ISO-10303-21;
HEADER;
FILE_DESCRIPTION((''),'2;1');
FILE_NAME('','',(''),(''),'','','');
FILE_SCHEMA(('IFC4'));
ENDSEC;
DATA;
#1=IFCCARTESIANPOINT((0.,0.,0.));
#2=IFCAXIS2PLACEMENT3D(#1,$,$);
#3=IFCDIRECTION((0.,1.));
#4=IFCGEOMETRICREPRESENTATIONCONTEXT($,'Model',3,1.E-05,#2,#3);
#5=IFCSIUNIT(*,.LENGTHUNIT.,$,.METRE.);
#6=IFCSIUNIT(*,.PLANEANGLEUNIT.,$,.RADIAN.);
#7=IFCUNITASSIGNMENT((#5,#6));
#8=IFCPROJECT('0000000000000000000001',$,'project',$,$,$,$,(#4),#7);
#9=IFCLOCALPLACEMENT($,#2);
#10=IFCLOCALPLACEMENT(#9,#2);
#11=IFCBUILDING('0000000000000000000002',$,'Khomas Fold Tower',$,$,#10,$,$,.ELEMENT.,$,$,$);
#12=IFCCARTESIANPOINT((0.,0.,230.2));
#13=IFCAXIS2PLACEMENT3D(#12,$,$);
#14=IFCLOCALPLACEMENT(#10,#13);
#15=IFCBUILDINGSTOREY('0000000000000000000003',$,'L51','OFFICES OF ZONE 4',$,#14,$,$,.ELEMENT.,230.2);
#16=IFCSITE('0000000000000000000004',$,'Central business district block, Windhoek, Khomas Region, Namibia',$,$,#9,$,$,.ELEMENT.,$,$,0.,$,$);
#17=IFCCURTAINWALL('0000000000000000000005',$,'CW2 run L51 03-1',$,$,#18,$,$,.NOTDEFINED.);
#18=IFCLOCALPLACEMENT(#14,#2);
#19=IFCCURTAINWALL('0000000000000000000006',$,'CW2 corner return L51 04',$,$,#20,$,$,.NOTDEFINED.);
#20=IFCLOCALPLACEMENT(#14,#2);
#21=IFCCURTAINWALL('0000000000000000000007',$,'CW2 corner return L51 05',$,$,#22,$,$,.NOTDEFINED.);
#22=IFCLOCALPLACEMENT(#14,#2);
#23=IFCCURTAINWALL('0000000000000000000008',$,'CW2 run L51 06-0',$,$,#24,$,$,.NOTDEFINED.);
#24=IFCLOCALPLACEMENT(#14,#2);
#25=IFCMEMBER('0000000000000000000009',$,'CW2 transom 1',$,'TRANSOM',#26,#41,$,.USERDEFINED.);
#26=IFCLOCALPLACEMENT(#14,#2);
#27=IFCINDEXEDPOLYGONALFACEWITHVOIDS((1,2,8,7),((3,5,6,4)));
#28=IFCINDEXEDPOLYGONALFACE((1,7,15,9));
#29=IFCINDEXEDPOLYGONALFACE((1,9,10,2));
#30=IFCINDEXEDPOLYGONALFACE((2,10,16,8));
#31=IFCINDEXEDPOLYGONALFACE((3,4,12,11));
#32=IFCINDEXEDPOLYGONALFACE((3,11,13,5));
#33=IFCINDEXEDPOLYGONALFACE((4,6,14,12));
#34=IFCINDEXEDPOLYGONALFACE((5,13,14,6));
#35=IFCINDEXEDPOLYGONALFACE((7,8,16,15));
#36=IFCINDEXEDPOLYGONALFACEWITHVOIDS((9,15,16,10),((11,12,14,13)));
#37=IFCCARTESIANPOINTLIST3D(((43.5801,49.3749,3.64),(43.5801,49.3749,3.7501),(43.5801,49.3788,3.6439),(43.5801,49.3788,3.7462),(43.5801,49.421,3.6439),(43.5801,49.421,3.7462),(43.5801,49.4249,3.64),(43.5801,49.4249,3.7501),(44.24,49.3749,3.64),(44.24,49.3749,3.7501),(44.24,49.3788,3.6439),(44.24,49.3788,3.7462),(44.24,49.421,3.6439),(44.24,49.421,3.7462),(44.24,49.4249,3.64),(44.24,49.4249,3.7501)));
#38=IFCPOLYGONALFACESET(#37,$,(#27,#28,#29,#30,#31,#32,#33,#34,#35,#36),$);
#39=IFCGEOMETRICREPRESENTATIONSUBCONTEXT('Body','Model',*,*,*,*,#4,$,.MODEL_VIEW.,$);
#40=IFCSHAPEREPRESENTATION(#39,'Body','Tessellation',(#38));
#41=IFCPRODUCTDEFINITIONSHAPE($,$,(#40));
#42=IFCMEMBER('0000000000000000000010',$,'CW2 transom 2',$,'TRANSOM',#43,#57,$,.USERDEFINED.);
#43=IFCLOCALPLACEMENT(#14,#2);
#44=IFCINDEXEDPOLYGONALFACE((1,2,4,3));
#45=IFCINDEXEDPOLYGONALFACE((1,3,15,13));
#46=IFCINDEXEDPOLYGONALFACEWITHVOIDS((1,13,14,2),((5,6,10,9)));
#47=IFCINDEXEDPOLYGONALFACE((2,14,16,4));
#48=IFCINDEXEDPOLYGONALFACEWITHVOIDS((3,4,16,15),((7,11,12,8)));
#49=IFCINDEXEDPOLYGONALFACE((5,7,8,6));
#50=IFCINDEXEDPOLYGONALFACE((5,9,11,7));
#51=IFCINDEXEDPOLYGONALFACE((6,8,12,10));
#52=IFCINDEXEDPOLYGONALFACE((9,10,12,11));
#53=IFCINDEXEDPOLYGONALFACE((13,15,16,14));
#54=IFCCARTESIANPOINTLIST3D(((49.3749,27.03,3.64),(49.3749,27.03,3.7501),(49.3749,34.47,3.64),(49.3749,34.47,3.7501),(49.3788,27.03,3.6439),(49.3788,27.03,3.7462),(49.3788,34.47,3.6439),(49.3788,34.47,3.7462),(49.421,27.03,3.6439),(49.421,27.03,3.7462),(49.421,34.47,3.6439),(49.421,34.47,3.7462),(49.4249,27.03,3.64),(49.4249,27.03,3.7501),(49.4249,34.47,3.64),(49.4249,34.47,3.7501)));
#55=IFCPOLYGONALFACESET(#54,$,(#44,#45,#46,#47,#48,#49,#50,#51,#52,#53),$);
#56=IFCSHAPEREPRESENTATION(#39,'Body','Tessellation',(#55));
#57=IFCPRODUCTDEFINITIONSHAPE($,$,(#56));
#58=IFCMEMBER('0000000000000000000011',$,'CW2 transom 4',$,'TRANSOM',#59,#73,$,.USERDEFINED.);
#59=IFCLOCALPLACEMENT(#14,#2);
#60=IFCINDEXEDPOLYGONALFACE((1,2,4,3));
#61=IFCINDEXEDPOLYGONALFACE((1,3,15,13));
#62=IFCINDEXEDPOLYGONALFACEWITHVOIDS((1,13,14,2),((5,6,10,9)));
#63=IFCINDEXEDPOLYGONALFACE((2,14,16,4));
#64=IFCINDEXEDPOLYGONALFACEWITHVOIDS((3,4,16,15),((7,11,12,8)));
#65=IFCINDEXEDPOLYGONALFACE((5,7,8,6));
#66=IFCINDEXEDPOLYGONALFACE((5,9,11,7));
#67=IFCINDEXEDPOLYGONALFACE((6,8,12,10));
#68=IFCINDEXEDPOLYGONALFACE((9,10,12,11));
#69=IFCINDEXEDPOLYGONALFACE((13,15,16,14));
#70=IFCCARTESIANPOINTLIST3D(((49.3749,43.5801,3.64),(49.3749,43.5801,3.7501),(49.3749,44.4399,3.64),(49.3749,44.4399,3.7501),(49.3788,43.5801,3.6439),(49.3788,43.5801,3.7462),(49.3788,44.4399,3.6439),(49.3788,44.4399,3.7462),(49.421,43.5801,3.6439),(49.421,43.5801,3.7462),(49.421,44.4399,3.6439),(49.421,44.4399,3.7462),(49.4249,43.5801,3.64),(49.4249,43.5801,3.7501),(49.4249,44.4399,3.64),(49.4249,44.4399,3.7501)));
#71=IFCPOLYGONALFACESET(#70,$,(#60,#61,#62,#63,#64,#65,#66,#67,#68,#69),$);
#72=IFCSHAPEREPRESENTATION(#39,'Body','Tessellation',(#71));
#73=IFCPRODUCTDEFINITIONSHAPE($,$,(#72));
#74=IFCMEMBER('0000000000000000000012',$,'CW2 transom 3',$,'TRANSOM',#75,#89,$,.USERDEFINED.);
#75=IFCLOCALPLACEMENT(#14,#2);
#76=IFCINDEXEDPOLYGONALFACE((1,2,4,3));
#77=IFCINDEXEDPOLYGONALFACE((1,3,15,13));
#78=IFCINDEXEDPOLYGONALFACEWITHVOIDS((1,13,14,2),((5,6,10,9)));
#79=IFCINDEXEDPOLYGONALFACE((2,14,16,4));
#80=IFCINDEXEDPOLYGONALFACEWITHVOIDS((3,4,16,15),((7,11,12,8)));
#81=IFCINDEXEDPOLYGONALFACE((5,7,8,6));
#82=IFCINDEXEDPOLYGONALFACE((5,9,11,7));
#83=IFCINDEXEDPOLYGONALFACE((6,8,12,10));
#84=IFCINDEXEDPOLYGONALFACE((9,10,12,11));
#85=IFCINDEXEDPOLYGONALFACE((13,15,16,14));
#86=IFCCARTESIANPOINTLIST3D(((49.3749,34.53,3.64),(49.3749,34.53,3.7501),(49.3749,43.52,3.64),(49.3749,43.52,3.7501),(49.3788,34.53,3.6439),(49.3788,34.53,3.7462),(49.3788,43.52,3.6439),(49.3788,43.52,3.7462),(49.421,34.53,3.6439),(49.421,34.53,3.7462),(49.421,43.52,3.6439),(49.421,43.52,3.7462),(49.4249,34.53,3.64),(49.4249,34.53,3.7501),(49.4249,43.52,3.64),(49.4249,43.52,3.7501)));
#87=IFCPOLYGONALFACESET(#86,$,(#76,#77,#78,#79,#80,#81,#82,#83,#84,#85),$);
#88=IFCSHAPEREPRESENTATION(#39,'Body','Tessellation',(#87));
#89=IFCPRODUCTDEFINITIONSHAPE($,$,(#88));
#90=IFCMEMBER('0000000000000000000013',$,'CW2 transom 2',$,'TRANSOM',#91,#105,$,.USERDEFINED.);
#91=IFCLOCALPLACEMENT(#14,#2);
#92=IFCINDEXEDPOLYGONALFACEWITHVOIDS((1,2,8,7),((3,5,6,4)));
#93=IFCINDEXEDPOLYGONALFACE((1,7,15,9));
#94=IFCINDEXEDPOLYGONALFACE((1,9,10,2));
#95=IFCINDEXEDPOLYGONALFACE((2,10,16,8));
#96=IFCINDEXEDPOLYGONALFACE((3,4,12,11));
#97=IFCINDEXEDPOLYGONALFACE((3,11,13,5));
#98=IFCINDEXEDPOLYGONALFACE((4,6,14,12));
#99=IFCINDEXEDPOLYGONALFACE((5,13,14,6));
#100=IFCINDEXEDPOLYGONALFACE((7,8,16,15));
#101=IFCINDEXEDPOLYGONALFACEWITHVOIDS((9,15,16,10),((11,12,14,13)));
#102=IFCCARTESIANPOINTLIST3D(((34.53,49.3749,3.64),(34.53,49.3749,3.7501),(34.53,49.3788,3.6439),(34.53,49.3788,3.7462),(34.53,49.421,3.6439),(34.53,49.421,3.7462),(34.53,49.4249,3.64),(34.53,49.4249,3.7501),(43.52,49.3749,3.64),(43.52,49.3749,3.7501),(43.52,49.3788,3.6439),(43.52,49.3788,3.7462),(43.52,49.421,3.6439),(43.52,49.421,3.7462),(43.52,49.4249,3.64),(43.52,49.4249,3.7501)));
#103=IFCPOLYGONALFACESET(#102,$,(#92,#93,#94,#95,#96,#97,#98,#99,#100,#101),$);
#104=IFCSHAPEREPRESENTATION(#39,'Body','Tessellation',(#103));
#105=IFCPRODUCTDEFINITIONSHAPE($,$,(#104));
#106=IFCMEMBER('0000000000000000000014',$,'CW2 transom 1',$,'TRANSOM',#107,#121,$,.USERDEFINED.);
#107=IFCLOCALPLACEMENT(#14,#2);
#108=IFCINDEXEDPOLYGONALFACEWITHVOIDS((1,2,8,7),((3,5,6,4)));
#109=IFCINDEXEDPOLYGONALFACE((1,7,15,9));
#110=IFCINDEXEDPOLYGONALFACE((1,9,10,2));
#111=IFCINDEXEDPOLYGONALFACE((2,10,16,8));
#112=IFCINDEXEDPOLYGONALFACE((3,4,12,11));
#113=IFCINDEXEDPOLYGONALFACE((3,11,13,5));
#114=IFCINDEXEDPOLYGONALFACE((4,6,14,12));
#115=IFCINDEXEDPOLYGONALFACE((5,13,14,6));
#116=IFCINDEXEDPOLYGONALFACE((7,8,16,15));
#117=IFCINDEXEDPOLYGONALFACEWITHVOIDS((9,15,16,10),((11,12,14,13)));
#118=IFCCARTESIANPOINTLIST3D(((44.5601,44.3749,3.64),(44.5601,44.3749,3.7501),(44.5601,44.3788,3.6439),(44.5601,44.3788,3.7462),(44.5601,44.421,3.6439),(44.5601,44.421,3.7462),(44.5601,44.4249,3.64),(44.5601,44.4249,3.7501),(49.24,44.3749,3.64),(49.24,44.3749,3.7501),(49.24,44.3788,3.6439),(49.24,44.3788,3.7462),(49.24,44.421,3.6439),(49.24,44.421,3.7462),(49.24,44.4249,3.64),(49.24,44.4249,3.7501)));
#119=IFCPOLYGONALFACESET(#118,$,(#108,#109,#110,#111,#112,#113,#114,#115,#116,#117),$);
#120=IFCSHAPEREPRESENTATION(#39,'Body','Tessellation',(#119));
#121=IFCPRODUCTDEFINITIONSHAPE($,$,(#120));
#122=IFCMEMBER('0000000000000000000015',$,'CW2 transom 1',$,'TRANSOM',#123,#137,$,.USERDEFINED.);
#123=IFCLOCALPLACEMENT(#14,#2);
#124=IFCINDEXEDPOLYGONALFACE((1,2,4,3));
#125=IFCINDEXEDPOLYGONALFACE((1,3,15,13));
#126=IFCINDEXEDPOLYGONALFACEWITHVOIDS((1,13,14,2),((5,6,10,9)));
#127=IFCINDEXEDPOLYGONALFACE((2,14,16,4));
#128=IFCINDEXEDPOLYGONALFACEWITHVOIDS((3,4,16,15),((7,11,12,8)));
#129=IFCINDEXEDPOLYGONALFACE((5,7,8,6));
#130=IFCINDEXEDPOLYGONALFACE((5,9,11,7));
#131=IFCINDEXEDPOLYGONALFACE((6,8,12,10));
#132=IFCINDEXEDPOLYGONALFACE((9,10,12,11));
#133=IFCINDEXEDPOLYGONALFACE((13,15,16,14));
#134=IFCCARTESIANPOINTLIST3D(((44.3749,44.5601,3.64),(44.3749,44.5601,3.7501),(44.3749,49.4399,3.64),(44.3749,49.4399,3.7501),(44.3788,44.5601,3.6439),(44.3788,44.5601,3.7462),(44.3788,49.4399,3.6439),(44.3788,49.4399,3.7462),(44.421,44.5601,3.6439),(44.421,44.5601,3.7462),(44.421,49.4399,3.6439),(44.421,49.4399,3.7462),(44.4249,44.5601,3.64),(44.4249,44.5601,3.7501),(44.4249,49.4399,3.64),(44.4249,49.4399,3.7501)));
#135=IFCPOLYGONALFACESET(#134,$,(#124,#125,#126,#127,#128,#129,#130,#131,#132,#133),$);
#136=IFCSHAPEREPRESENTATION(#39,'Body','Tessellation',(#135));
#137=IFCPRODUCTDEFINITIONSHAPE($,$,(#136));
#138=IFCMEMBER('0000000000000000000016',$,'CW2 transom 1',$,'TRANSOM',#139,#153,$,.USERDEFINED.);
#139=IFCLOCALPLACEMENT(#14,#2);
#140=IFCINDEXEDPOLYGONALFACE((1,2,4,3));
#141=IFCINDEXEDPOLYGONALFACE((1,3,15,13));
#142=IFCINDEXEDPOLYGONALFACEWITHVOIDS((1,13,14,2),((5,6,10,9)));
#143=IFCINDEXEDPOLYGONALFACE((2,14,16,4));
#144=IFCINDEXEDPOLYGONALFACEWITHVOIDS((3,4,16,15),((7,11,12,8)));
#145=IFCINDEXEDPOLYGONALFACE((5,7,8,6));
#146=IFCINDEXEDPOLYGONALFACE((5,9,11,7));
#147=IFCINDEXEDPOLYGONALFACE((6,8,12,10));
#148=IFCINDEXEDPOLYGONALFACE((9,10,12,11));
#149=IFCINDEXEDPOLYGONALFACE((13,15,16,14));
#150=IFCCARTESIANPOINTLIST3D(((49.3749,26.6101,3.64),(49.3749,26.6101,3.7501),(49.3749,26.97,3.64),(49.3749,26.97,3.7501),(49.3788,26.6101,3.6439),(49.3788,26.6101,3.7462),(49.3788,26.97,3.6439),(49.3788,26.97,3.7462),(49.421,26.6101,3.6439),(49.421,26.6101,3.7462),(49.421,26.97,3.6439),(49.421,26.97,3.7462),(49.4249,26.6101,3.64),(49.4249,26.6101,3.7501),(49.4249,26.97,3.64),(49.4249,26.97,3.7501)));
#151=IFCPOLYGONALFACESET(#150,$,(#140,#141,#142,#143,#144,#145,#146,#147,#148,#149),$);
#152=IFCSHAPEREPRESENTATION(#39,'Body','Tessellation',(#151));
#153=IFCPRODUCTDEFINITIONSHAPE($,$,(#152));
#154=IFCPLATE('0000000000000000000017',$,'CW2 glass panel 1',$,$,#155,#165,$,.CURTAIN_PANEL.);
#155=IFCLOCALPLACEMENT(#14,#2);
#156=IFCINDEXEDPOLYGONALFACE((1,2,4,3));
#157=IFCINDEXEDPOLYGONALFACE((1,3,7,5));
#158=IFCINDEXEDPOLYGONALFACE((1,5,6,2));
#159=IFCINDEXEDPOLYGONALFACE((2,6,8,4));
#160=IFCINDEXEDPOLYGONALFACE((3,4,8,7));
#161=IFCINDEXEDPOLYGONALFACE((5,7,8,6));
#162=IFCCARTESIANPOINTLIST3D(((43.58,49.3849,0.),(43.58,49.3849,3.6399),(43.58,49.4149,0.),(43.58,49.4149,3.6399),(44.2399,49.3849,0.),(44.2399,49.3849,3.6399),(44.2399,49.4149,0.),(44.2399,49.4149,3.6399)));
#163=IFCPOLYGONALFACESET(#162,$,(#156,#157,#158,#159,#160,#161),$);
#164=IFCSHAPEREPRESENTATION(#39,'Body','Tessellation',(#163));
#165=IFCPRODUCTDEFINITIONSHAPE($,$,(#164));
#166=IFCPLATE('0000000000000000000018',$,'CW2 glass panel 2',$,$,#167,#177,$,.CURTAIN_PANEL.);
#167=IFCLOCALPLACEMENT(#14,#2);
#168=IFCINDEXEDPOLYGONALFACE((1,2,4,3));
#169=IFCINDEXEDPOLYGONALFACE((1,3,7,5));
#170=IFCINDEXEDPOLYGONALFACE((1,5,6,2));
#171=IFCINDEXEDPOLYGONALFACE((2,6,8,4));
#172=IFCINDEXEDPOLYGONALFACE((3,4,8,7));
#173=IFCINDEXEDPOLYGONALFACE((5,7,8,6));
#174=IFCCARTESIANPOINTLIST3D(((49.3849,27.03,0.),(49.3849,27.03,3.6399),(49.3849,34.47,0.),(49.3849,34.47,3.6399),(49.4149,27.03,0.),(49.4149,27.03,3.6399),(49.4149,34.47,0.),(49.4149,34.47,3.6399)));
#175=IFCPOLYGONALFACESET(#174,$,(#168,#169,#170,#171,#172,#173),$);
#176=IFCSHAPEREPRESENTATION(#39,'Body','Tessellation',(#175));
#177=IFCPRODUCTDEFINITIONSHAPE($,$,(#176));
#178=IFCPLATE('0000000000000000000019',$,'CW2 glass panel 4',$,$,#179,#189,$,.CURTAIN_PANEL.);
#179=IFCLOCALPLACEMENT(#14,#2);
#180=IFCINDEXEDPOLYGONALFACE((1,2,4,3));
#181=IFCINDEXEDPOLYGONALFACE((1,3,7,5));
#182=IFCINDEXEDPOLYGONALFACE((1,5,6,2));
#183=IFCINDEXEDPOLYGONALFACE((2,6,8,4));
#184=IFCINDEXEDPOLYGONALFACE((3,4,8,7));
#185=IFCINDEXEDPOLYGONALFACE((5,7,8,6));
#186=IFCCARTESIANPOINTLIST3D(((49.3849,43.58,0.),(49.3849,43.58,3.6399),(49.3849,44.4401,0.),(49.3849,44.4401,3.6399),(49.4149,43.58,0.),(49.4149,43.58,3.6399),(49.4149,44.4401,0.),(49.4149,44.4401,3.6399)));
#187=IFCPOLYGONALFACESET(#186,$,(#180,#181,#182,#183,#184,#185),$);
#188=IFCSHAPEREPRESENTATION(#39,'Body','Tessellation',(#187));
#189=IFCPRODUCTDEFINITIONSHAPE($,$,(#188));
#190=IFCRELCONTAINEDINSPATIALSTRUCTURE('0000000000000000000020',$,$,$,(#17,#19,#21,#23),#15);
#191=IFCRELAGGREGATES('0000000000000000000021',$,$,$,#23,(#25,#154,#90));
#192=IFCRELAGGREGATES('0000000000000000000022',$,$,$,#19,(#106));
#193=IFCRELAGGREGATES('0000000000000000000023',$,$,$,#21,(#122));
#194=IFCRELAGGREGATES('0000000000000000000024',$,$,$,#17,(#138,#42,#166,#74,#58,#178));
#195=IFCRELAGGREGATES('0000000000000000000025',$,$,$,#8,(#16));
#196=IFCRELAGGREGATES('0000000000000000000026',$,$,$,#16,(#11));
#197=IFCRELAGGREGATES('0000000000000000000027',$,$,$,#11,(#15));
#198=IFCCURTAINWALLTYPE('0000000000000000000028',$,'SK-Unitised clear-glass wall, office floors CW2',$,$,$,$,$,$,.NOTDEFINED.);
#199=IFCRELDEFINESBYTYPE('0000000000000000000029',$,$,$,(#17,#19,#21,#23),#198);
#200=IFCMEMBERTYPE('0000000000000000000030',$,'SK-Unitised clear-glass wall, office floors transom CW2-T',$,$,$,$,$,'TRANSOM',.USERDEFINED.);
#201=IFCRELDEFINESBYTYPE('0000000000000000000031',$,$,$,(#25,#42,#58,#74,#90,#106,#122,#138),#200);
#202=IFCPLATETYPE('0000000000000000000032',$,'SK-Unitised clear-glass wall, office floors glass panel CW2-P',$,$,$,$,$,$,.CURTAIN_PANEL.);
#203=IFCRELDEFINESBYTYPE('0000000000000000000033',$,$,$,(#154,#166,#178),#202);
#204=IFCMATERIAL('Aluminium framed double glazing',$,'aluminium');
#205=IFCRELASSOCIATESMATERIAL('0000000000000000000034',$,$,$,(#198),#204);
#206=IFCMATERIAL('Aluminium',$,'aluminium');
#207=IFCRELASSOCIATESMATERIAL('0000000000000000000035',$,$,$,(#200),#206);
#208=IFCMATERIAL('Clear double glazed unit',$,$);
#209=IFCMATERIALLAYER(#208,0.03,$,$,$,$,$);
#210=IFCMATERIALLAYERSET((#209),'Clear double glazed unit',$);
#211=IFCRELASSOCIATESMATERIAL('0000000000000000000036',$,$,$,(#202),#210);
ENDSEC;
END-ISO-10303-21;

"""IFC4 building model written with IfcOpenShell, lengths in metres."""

from ifc_helpers import new_model, si_unit, direction, frame, origin, origin_2d, place, context, subcontext, project, spatial, rectangle, hollow_rectangle, extrude, source, transform, mapped, material, layer, layer_set, material_profile, profile_set, type_object, element, aggregate, save


model = new_model("IFC4")

# Units and contexts
model_context = context("Model", 3, precision=1e-05, world=origin(), true_north=direction((0.0, 1.0)))
body_context = subcontext(model_context, "Body", "Model", "MODEL_VIEW")
ifc_project = project(units=[si_unit("LENGTHUNIT", "METRE"), si_unit("PLANEANGLEUNIT", "RADIAN")], contexts=[model_context])

# Site, building, storey
site_placement = place(None, origin())
site = spatial("IfcSite", under=ifc_project, at=site_placement, Name="Central business district block, Windhoek, Khomas Region, Namibia", CompositionType="ELEMENT", RefElevation=0.0)
building_placement = place(site_placement, origin())
building = spatial("IfcBuilding", under=site, at=building_placement, Name="Khomas Fold Tower", CompositionType="ELEMENT")
storey_placement = place(building_placement, frame((0.0, 0.0, 230.2)))
storey = spatial("IfcBuildingStorey", under=building, at=storey_placement, Name="L51", Description="OFFICES OF ZONE 4", CompositionType="ELEMENT", Elevation=230.2)

# Curtain walls, member
ifc_material_1 = material(Name="Aluminium framed double glazing", Category="aluminium")
curtain_wall_type = type_object("IfcCurtainWallType", Name="SK-Unitised clear-glass wall, office floors CW2", PredefinedType="NOTDEFINED", material=ifc_material_1)
curtain_wall_1_placement = place(storey_placement, origin())
curtain_wall_1 = element("IfcCurtainWall", 1, at=curtain_wall_1_placement, inside=storey, type_object=curtain_wall_type, Name="CW2 run L51 03-1", PredefinedType="NOTDEFINED")
curtain_wall_2_placement = place(storey_placement, origin())
curtain_wall_2 = element("IfcCurtainWall", 2, at=curtain_wall_2_placement, inside=storey, type_object=curtain_wall_type, Name="CW2 corner return L51 04", PredefinedType="NOTDEFINED")
curtain_wall_3_placement = place(storey_placement, origin())
curtain_wall_3 = element("IfcCurtainWall", 3, at=curtain_wall_3_placement, inside=storey, type_object=curtain_wall_type, Name="CW2 corner return L51 05", PredefinedType="NOTDEFINED")
curtain_wall_4_placement = place(storey_placement, origin())
curtain_wall_4 = element("IfcCurtainWall", 4, at=curtain_wall_4_placement, inside=storey, type_object=curtain_wall_type, Name="CW2 run L51 06-0", PredefinedType="NOTDEFINED")
ifc_material_2 = material(Name="Aluminium", Category="aluminium")
ifc_material_profile_1 = material_profile(ifc_material_2, hollow_rectangle(XDim=0.05, YDim=0.1101, WallThickness=0.0039, at=origin_2d()), Name="SK-Unitised clear-glass wall, office floors transom CW2-T")
ifc_profile_set_1 = profile_set([ifc_material_profile_1], Name="Aluminium")
member_type_1 = type_object("IfcMemberType", Name="SK-Unitised clear-glass wall, office floors transom CW2-T", ElementType="TRANSOM", PredefinedType="USERDEFINED", material=ifc_profile_set_1)
shared_shape_1 = source(origin(), body_context, "Body", "SweptSolid", [
    extrude(hollow_rectangle(XDim=0.05, YDim=0.1101, WallThickness=0.0039, at=origin_2d()), origin(), (0.0, 0.0, 1.0), 0.6599),
])
member_1_placement = place(storey_placement, frame((44.24, 49.3999, 3.6951), z_axis=(-1.0, 0.0, 0.0), x_axis=(0.0, -1.0, 0.0)))
member_1 = element("IfcMember", 5, at=member_1_placement, type_object=member_type_1, Name="CW2 transom 1", ObjectType="TRANSOM", PredefinedType="USERDEFINED", context=body_context, shape_type="MappedRepresentation", body=[
    mapped(shared_shape_1, transform((0.0, 0.0, 0.0))),
])

# Members
shared_shape_2 = source(origin(), body_context, "Body", "SweptSolid", [
    extrude(hollow_rectangle(XDim=0.05, YDim=0.1101, WallThickness=0.0039, at=origin_2d()), origin(), (0.0, 0.0, 1.0), 7.4399),
])
member_2_placement = place(storey_placement, frame((49.3999, 27.03, 3.6951), z_axis=(0.0, 1.0, 0.0), x_axis=(-1.0, 0.0, 0.0)))
member_2 = element("IfcMember", 6, at=member_2_placement, type_object=member_type_1, Name="CW2 transom 2", ObjectType="TRANSOM", PredefinedType="USERDEFINED", context=body_context, shape_type="MappedRepresentation", body=[
    mapped(shared_shape_2, transform((0.0, 0.0, 0.0))),
])
shared_shape_3 = source(origin(), body_context, "Body", "SweptSolid", [
    extrude(hollow_rectangle(XDim=0.05, YDim=0.1101, WallThickness=0.0039, at=origin_2d()), origin(), (0.0, 0.0, 1.0), 0.8599),
])
member_3_placement = place(storey_placement, frame((49.3999, 43.5801, 3.6951), z_axis=(0.0, 1.0, 0.0), x_axis=(-1.0, 0.0, 0.0)))
member_3 = element("IfcMember", 7, at=member_3_placement, type_object=member_type_1, Name="CW2 transom 4", ObjectType="TRANSOM", PredefinedType="USERDEFINED", context=body_context, shape_type="MappedRepresentation", body=[
    mapped(shared_shape_3, transform((0.0, 0.0, 0.0))),
])
shared_shape_4 = source(origin(), body_context, "Body", "SweptSolid", [
    extrude(hollow_rectangle(XDim=0.05, YDim=0.1101, WallThickness=0.0039, at=origin_2d()), origin(), (0.0, 0.0, 1.0), 8.99),
])
member_4_placement = place(storey_placement, frame((49.3999, 34.53, 3.6951), z_axis=(0.0, 1.0, 0.0), x_axis=(-1.0, 0.0, 0.0)))
member_4 = element("IfcMember", 8, at=member_4_placement, type_object=member_type_1, Name="CW2 transom 3", ObjectType="TRANSOM", PredefinedType="USERDEFINED", context=body_context, shape_type="MappedRepresentation", body=[
    mapped(shared_shape_4, transform((0.0, 0.0, 0.0))),
])
member_5_placement = place(storey_placement, frame((43.52, 49.3999, 3.6951), z_axis=(-1.0, 0.0, 0.0), x_axis=(0.0, -1.0, 0.0)))
member_5 = element("IfcMember", 9, at=member_5_placement, type_object=member_type_1, Name="CW2 transom 2", ObjectType="TRANSOM", PredefinedType="USERDEFINED", context=body_context, shape_type="MappedRepresentation", body=[
    mapped(shared_shape_4, transform((0.0, 0.0, 0.0))),
])
shared_shape_5 = source(origin(), body_context, "Body", "SweptSolid", [
    extrude(hollow_rectangle(XDim=0.05, YDim=0.1101, WallThickness=0.0039, at=origin_2d()), origin(), (0.0, 0.0, 1.0), 4.6799),
])
member_6_placement = place(storey_placement, frame((49.24, 44.3999, 3.6951), z_axis=(-1.0, 0.0, 0.0), x_axis=(0.0, -1.0, 0.0)))
member_6 = element("IfcMember", 10, at=member_6_placement, type_object=member_type_1, Name="CW2 transom 1", ObjectType="TRANSOM", PredefinedType="USERDEFINED", context=body_context, shape_type="MappedRepresentation", body=[
    mapped(shared_shape_5, transform((0.0, 0.0, 0.0))),
])
shared_shape_6 = source(origin(), body_context, "Body", "SweptSolid", [
    extrude(hollow_rectangle(XDim=0.05, YDim=0.1101, WallThickness=0.0039, at=origin_2d()), origin(), (0.0, 0.0, 1.0), 4.8799),
])
member_7_placement = place(storey_placement, frame((44.3999, 44.5601, 3.6951), z_axis=(0.0, 1.0, 0.0), x_axis=(-1.0, 0.0, 0.0)))
member_7 = element("IfcMember", 11, at=member_7_placement, type_object=member_type_1, Name="CW2 transom 1", ObjectType="TRANSOM", PredefinedType="USERDEFINED", context=body_context, shape_type="MappedRepresentation", body=[
    mapped(shared_shape_6, transform((0.0, 0.0, 0.0))),
])
shared_shape_7 = source(origin(), body_context, "Body", "SweptSolid", [
    extrude(hollow_rectangle(XDim=0.05, YDim=0.1101, WallThickness=0.0039, at=origin_2d()), origin(), (0.0, 0.0, 1.0), 0.3599),
])
member_8_placement = place(storey_placement, frame((49.3999, 26.6101, 3.6951), z_axis=(0.0, 1.0, 0.0), x_axis=(-1.0, 0.0, 0.0)))
member_8 = element("IfcMember", 12, at=member_8_placement, type_object=member_type_1, Name="CW2 transom 1", ObjectType="TRANSOM", PredefinedType="USERDEFINED", context=body_context, shape_type="MappedRepresentation", body=[
    mapped(shared_shape_7, transform((0.0, 0.0, 0.0))),
])

# Plates
ifc_material_3 = material(Name="Clear double glazed unit")
ifc_layer_1 = layer(ifc_material_3, 0.03)
ifc_layer_set_1 = layer_set([ifc_layer_1], Name="Clear double glazed unit")
plate_type = type_object("IfcPlateType", Name="SK-Unitised clear-glass wall, office floors glass panel CW2-P", PredefinedType="CURTAIN_PANEL", material=ifc_layer_set_1)
shared_shape_8 = source(origin(), body_context, "Body", "SweptSolid", [
    extrude(rectangle(XDim=0.6599, YDim=0.03, at=origin_2d()), origin(), (0.0, 0.0, 1.0), 3.6399),
])
plate_1_placement = place(storey_placement, frame((43.9099, 49.3999, 0.0), z_axis=(0.0, 0.0, 1.0), x_axis=(-1.0, 0.0, 0.0)))
plate_1 = element("IfcPlate", 13, at=plate_1_placement, type_object=plate_type, Name="CW2 glass panel 1", PredefinedType="CURTAIN_PANEL", context=body_context, shape_type="MappedRepresentation", body=[
    mapped(shared_shape_8, transform((0.0, 0.0, 0.0))),
])
aggregate(curtain_wall_4, [member_1, plate_1, member_5])
shared_shape_9 = source(origin(), body_context, "Body", "SweptSolid", [
    extrude(rectangle(XDim=7.4399, YDim=0.03, at=origin_2d()), origin(), (0.0, 0.0, 1.0), 3.6399),
])
plate_2_placement = place(storey_placement, frame((49.3999, 30.75, 0.0), z_axis=(0.0, 0.0, 1.0), x_axis=(0.0, 1.0, 0.0)))
plate_2 = element("IfcPlate", 14, at=plate_2_placement, type_object=plate_type, Name="CW2 glass panel 2", PredefinedType="CURTAIN_PANEL", context=body_context, shape_type="MappedRepresentation", body=[
    mapped(shared_shape_9, transform((0.0, 0.0, 0.0))),
])
shared_shape_10 = source(origin(), body_context, "Body", "SweptSolid", [
    extrude(rectangle(XDim=0.8601, YDim=0.03, at=origin_2d()), origin(), (0.0, 0.0, 1.0), 3.6399),
])
plate_3_placement = place(storey_placement, frame((49.3999, 44.01, 0.0), z_axis=(0.0, 0.0, 1.0), x_axis=(0.0, 1.0, 0.0)))
plate_3 = element("IfcPlate", 15, at=plate_3_placement, type_object=plate_type, Name="CW2 glass panel 4", PredefinedType="CURTAIN_PANEL", context=body_context, shape_type="MappedRepresentation", body=[
    mapped(shared_shape_10, transform((0.0, 0.0, 0.0))),
])
aggregate(curtain_wall_2, [member_6])
aggregate(curtain_wall_3, [member_7])
aggregate(curtain_wall_1, [member_8, member_2, plate_2, member_4, member_3, plate_3])

save(model, "model.ifc")
